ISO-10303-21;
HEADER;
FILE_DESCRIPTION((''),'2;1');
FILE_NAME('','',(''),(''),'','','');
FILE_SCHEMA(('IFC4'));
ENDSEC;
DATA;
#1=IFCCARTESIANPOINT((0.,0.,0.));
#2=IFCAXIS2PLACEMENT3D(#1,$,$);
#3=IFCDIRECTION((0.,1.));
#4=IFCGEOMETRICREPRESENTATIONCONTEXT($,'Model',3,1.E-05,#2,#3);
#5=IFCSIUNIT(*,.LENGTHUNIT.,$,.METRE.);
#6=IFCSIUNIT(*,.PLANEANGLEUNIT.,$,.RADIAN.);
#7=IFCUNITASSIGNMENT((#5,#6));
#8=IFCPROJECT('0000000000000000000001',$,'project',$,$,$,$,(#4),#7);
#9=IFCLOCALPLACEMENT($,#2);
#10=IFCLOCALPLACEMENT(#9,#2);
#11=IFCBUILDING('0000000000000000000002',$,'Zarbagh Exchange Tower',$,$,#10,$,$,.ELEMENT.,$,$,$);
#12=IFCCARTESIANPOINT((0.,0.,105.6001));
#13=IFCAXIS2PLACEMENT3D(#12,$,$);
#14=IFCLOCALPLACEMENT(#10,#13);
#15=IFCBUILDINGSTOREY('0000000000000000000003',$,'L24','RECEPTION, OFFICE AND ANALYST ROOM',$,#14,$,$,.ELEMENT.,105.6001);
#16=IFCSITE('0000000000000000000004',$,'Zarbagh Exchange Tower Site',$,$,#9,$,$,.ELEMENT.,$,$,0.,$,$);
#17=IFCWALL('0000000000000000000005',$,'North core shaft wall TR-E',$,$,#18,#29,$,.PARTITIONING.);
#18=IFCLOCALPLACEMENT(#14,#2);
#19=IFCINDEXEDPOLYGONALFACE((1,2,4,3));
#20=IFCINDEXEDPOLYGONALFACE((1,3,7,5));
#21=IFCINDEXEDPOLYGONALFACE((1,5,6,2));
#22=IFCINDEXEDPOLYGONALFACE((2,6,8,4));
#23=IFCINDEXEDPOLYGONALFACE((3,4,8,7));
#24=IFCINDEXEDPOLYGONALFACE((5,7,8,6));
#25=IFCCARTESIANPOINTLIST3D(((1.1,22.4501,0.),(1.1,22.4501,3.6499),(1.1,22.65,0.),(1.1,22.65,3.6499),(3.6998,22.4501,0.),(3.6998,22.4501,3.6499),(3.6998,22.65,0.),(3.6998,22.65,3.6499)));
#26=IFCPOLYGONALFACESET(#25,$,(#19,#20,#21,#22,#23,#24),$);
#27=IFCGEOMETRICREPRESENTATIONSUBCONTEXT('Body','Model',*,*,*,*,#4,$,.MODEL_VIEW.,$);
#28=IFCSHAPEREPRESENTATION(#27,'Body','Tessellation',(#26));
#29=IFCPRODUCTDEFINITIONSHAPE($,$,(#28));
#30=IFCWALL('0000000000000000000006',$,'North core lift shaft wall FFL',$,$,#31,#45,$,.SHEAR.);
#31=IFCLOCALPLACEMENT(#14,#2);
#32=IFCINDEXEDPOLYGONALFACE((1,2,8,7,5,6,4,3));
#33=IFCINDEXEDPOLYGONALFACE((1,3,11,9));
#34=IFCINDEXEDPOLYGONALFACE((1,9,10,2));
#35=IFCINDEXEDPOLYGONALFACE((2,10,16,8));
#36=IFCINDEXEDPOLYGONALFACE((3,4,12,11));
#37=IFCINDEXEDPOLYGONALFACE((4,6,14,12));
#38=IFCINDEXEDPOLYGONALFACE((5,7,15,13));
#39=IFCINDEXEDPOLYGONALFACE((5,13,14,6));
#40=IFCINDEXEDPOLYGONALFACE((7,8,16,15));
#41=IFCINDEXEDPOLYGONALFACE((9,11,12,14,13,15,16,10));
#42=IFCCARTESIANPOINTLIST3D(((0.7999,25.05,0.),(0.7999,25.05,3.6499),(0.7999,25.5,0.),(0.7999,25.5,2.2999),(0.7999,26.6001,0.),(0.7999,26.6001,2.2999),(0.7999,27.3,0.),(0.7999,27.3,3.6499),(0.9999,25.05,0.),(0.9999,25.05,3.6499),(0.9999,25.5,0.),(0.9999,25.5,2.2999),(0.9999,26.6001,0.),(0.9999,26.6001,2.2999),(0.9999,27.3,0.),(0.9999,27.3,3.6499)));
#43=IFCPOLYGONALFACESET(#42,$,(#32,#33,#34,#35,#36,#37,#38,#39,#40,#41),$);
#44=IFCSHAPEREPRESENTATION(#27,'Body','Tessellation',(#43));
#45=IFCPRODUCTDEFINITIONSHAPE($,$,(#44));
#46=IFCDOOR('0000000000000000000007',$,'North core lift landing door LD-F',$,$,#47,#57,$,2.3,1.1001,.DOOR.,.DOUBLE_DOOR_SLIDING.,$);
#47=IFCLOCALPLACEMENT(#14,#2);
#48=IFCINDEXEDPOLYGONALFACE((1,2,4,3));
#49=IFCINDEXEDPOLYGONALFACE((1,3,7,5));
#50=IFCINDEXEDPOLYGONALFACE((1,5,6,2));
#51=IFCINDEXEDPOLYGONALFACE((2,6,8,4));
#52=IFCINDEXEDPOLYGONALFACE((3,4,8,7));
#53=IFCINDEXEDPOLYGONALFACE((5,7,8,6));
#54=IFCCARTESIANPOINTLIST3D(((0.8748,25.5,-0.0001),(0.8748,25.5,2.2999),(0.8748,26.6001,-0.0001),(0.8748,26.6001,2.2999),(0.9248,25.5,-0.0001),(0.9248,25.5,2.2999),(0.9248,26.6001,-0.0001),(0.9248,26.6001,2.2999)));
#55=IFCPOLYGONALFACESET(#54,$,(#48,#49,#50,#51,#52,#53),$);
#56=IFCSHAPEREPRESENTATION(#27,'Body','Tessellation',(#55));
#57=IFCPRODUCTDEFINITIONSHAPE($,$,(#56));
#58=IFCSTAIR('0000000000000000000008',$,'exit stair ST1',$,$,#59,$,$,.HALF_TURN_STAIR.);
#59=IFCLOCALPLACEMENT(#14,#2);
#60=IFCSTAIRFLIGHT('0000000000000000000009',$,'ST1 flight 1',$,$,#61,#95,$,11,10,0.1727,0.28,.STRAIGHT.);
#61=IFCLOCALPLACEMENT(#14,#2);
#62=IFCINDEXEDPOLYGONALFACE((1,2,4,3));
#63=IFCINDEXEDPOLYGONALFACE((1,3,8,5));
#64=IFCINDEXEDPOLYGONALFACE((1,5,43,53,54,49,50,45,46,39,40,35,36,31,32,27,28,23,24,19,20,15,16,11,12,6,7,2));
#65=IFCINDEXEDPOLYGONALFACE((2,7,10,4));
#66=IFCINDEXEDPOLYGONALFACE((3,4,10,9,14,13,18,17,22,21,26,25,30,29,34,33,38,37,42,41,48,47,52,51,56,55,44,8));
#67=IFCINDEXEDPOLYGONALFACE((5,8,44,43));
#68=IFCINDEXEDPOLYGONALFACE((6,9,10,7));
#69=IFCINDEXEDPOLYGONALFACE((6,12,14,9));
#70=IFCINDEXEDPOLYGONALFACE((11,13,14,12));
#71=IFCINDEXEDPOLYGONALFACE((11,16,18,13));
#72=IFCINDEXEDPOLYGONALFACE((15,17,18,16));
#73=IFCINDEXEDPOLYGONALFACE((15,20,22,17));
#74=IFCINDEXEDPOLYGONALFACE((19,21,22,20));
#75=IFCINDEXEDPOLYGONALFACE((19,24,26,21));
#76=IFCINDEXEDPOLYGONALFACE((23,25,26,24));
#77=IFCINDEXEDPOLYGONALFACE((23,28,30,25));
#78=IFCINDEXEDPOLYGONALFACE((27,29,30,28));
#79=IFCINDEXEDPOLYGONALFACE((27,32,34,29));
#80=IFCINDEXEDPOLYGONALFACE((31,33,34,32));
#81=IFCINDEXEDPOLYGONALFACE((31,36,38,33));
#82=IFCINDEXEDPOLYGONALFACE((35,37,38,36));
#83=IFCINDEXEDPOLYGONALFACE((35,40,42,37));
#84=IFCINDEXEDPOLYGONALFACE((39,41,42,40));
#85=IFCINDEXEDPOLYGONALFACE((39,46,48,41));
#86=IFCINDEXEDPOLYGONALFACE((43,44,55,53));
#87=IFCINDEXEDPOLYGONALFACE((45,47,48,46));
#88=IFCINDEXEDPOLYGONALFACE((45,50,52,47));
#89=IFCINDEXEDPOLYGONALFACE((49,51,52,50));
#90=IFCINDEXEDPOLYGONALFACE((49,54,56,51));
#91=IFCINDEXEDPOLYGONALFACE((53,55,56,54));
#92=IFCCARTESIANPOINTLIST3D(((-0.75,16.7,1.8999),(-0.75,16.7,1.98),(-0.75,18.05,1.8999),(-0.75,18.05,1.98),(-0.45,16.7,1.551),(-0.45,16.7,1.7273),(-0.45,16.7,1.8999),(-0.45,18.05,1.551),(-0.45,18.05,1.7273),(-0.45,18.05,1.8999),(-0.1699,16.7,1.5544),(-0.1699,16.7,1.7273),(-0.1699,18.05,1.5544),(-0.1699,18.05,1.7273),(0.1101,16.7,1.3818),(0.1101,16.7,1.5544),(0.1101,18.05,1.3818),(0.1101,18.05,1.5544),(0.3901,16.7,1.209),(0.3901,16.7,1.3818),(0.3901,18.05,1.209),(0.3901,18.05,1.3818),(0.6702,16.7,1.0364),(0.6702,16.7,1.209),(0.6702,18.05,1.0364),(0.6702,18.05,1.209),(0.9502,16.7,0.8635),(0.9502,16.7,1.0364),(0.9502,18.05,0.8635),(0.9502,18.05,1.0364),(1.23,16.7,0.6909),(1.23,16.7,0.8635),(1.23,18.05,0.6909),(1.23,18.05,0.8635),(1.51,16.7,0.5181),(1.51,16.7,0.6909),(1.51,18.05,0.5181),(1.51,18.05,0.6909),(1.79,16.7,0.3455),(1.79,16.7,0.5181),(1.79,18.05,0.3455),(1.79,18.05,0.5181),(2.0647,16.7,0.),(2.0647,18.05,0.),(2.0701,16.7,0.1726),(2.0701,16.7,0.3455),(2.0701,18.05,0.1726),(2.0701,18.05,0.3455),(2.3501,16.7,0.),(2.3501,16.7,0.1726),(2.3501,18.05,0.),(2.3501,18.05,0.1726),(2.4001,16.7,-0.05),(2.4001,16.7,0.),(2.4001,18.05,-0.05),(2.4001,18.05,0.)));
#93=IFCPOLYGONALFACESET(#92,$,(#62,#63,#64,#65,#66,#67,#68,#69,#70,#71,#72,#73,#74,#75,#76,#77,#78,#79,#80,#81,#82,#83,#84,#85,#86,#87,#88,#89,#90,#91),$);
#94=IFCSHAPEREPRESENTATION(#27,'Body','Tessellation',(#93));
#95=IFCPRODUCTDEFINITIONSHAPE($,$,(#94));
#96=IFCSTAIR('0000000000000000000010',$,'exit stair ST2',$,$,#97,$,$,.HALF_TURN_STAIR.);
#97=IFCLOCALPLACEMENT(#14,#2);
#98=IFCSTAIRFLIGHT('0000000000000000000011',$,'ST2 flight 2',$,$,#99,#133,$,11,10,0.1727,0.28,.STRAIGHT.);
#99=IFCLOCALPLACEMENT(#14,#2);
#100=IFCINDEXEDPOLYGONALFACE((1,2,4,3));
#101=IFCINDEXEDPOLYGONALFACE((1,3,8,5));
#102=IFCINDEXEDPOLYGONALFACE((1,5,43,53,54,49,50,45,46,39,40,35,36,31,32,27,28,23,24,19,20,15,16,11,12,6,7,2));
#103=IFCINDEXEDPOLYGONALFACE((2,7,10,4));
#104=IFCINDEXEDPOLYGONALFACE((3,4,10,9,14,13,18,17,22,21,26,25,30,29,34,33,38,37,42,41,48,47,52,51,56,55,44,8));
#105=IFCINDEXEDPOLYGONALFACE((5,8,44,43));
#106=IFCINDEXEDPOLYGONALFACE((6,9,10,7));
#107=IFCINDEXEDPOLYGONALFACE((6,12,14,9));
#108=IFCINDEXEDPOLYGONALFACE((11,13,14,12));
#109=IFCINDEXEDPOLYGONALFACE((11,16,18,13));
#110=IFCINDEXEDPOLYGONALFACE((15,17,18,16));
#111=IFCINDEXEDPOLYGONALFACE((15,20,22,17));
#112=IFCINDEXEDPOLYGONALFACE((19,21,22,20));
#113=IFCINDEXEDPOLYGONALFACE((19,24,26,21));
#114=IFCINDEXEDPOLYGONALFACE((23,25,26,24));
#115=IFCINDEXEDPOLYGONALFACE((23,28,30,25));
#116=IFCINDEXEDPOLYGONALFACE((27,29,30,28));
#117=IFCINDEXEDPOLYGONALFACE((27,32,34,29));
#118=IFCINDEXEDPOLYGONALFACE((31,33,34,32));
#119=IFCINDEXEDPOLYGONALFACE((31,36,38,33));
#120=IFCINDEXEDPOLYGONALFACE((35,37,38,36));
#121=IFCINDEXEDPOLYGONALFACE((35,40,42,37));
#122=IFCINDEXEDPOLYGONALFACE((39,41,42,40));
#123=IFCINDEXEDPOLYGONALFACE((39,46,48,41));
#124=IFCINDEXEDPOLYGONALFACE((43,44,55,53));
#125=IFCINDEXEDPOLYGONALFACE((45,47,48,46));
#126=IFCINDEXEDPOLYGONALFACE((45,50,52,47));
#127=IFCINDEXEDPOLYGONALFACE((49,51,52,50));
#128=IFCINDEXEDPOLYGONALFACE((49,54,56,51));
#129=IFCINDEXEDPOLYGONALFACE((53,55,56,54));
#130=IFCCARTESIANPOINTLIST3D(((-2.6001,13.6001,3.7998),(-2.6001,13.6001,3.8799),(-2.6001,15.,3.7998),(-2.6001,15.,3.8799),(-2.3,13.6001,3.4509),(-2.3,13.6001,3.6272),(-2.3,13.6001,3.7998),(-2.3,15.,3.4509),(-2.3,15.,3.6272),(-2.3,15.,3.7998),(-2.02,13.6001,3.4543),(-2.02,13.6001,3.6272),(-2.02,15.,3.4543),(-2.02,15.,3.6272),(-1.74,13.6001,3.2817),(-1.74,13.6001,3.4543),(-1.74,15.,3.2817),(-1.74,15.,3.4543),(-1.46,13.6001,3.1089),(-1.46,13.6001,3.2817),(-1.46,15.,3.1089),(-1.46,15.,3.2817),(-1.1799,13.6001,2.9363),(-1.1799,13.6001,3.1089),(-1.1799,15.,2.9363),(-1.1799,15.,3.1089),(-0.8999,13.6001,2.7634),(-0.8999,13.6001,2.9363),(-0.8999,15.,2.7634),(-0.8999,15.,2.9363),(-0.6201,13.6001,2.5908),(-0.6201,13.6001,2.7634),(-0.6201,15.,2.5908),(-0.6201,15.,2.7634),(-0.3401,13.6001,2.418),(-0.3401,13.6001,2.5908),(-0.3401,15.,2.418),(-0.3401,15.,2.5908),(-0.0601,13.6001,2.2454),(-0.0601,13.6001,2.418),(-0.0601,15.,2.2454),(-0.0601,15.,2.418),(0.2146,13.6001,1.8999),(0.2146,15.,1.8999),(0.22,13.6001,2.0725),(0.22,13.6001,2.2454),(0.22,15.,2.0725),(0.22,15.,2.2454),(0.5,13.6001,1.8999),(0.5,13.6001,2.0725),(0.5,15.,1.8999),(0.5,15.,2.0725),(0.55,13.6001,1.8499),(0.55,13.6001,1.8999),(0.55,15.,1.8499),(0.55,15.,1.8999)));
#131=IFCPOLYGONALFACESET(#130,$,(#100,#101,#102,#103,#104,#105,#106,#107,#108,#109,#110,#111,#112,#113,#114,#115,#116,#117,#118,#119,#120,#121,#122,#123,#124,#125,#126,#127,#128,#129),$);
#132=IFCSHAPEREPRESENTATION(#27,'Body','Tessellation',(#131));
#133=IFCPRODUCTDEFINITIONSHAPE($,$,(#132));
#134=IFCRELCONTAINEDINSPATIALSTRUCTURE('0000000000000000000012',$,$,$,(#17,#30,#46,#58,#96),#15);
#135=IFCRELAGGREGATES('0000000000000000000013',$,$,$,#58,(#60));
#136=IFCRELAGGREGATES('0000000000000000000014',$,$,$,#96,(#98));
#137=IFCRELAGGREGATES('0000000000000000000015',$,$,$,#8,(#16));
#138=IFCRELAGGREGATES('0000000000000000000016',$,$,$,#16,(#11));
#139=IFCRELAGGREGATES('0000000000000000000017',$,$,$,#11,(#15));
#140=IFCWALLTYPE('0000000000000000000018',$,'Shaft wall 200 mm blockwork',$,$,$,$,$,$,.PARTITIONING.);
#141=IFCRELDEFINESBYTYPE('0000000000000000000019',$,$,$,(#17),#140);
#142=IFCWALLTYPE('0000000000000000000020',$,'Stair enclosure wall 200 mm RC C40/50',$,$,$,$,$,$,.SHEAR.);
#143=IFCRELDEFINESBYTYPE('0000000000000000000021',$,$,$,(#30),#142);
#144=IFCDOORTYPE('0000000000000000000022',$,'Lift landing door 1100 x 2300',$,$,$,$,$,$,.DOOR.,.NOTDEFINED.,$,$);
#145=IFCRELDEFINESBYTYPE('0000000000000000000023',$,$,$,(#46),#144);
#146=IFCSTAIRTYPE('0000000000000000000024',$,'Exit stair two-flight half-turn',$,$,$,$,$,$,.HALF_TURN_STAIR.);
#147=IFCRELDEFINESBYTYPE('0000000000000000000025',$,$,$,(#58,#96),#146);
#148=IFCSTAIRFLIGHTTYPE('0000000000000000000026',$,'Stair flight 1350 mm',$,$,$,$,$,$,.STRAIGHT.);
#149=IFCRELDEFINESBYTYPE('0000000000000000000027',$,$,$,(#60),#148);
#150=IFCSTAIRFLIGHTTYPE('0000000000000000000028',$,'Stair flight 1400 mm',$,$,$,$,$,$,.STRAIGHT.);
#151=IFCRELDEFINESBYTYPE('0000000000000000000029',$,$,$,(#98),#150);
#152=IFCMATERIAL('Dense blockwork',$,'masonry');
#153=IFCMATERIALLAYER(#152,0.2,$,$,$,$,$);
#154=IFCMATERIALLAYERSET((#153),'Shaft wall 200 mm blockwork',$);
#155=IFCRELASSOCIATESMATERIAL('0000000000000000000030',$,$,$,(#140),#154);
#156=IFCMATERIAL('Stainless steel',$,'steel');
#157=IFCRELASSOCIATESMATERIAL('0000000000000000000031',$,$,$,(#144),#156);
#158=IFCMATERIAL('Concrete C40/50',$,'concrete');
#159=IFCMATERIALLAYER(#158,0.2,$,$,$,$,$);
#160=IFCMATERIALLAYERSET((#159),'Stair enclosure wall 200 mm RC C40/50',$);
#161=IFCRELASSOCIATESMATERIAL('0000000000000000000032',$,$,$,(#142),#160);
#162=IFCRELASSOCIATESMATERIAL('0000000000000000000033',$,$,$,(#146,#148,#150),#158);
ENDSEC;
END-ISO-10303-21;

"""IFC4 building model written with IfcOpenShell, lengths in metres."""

from ifc_helpers import new_model, si_unit, direction, frame, frame_2d, origin, place, context, subcontext, project, spatial, polyline, rectangle, outline, extrude, material, layer, layer_set, type_object, element, fill, aggregate, save


model = new_model("IFC4")

# Units and contexts
model_context = context("Model", 3, precision=1e-05, world=origin(), true_north=direction((0.0, 1.0)))
body_context = subcontext(model_context, "Body", "Model", "MODEL_VIEW")
ifc_project = project(units=[si_unit("LENGTHUNIT", "METRE"), si_unit("PLANEANGLEUNIT", "RADIAN")], contexts=[model_context])

# Site, building, storey
site_placement = place(None, origin())
site = spatial("IfcSite", under=ifc_project, at=site_placement, Name="Zarbagh Exchange Tower Site", CompositionType="ELEMENT", RefElevation=0.0)
building_placement = place(site_placement, origin())
building = spatial("IfcBuilding", under=site, at=building_placement, Name="Zarbagh Exchange Tower", CompositionType="ELEMENT")
storey_placement = place(building_placement, frame((0.0, 0.0, 105.6001)))
storey = spatial("IfcBuildingStorey", under=building, at=storey_placement, Name="L24", Description="RECEPTION, OFFICE AND ANALYST ROOM", CompositionType="ELEMENT", Elevation=105.6001)

# Shared definitions
ifc_material_1 = material(Name="Dense blockwork", Category="masonry")

# Shared definitions
ifc_layer_1 = layer(ifc_material_1, 0.2)
ifc_layer_set_1 = layer_set([ifc_layer_1], Name="Shaft wall 200 mm blockwork")
wall_type_1 = type_object("IfcWallType", Name="Shaft wall 200 mm blockwork", PredefinedType="PARTITIONING", material=ifc_layer_set_1)

# Shared definitions
ifc_material_2 = material(Name="Stainless steel", Category="steel")
door_type_1 = type_object("IfcDoorType", Name="Lift landing door 1100 x 2300", OperationType="NOTDEFINED", PredefinedType="DOOR", material=ifc_material_2)

# Wall
wall_1_placement = place(storey_placement, frame((1.1001, 22.55, 0.0), z_axis=(0.0, 0.0, 1.0), x_axis=(1.0, 0.0, 0.0)))
element("IfcWall", 1, at=wall_1_placement, inside=storey, type_object=wall_type_1, Name="North core shaft wall TR-E", PredefinedType="PARTITIONING", context=body_context, shape_type="SweptSolid", body=[
    extrude(rectangle(XDim=2.5999, YDim=0.2, at=frame_2d((1.2998, 0.0))), origin(), (0.0, 0.0, 1.0), 3.6499),
])

# Wall, opening, door
ifc_material_3 = material(Name="Concrete C40/50", Category="concrete")
ifc_layer_2 = layer(ifc_material_3, 0.2)
ifc_layer_set_2 = layer_set([ifc_layer_2], Name="Stair enclosure wall 200 mm RC C40/50")
wall_type_2 = type_object("IfcWallType", Name="Stair enclosure wall 200 mm RC C40/50", PredefinedType="SHEAR", material=ifc_layer_set_2)
wall_2_placement = place(storey_placement, frame((0.8999, 27.3, 0.0), z_axis=(0.0, 0.0, 1.0), x_axis=(0.0, -1.0, 0.0)))
wall_2 = element("IfcWall", 2, at=wall_2_placement, inside=storey, type_object=wall_type_2, Name="North core lift shaft wall FFL", PredefinedType="SHEAR", context=body_context, shape_type="SweptSolid", body=[
    extrude(rectangle(XDim=2.25, YDim=0.2, at=frame_2d((1.125, 0.0))), origin(), (0.0, 0.0, 1.0), 3.6499),
])
opening_1_placement = place(wall_2_placement, frame((0.7, 0.0, 0.0)))
opening_1 = element("IfcOpeningElement", 3, at=opening_1_placement, cuts=wall_2, PredefinedType="OPENING", context=body_context, shape_type="SweptSolid", body=[
    extrude(rectangle(XDim=1.1001, YDim=2.3, at=frame_2d((0.55, 1.1499))), frame((0.0, 0.1099, 0.0), z_axis=(0.0, -1.0, 0.0), x_axis=(1.0, 0.0, 0.0)), (0.0, 0.0, 1.0), 0.22),
])
door_1_placement = place(opening_1_placement, origin())
door_1 = element("IfcDoor", 4, at=door_1_placement, inside=storey, type_object=door_type_1, Name="North core lift landing door LD-F", OperationType="DOUBLE_DOOR_SLIDING", OverallHeight=2.3, OverallWidth=1.1001, PredefinedType="DOOR", context=body_context, shape_type="SweptSolid", body=[
    extrude(rectangle(XDim=1.1001, YDim=2.3, at=frame_2d((0.55, 1.1499))), frame((0.0, 0.0249, 0.0), z_axis=(0.0, -1.0, 0.0), x_axis=(1.0, 0.0, 0.0)), (0.0, 0.0, 1.0), 0.05),
])
fill(opening_1, door_1)

# Stairs, stair flights
stair_type = type_object("IfcStairType", Name="Exit stair two-flight half-turn", PredefinedType="HALF_TURN_STAIR", material=ifc_material_3)
stair_1_placement = place(storey_placement, origin())
stair_1 = element("IfcStair", 5, at=stair_1_placement, inside=storey, type_object=stair_type, Name="exit stair ST1", PredefinedType="HALF_TURN_STAIR")
stair_flight_type_1 = type_object("IfcStairFlightType", Name="Stair flight 1350 mm", PredefinedType="STRAIGHT", material=ifc_material_3)
stair_flight_1_placement = place(storey_placement, frame((2.3501, 17.375, 0.0), z_axis=(0.0, 0.0, 1.0), x_axis=(-1.0, 0.0, 0.0)))
stair_flight_1 = element("IfcStairFlight", 6, at=stair_flight_1_placement, type_object=stair_flight_type_1, Name="ST1 flight 1", NumberOfRisers=11, NumberOfTreads=10, PredefinedType="STRAIGHT", RiserHeight=0.1727, TreadLength=0.28, context=body_context, shape_type="SweptSolid", body=[
    extrude(outline(polyline([(-0.05, -0.05), (-0.05, 0.0), (0.0, 0.0), (0.0, 0.1726), (0.28, 0.1726), (0.28, 0.3455), (0.5601, 0.3455), (0.5601, 0.5181), (0.8401, 0.5181), (0.8401, 0.6909), (1.1201, 0.6909), (1.1201, 0.8635), (1.3999, 0.8635), (1.3999, 1.0364), (1.6799, 1.0364), (1.6799, 1.209), (1.96, 1.209), (1.96, 1.3818), (2.24, 1.3818), (2.24, 1.5544), (2.52, 1.5544), (2.52, 1.7273), (2.8, 1.7273), (2.8, 1.8999), (3.1001, 1.98), (3.1001, 1.8999), (2.8, 1.551), (0.2854, 0.0), (-0.05, -0.05)])), frame((0.0, 0.675, 0.0), z_axis=(0.0, -1.0, 0.0), x_axis=(1.0, 0.0, 0.0)), (0.0, 0.0, 1.0), 1.3501),
])
aggregate(stair_1, [stair_flight_1])
stair_2_placement = place(storey_placement, origin())
stair_2 = element("IfcStair", 7, at=stair_2_placement, inside=storey, type_object=stair_type, Name="exit stair ST2", PredefinedType="HALF_TURN_STAIR")
stair_flight_type_2 = type_object("IfcStairFlightType", Name="Stair flight 1400 mm", PredefinedType="STRAIGHT", material=ifc_material_3)
stair_flight_2_placement = place(storey_placement, frame((0.5, 14.3, 1.8999), z_axis=(0.0, 0.0, 1.0), x_axis=(-1.0, 0.0, 0.0)))
stair_flight_2 = element("IfcStairFlight", 8, at=stair_flight_2_placement, type_object=stair_flight_type_2, Name="ST2 flight 2", NumberOfRisers=11, NumberOfTreads=10, PredefinedType="STRAIGHT", RiserHeight=0.1727, TreadLength=0.28, context=body_context, shape_type="SweptSolid", body=[
    extrude(outline(polyline([(-0.05, -0.05), (-0.05, 0.0), (0.0, 0.0), (0.0, 0.1726), (0.28, 0.1726), (0.28, 0.3455), (0.5601, 0.3455), (0.5601, 0.5181), (0.8401, 0.5181), (0.8401, 0.6909), (1.1201, 0.6909), (1.1201, 0.8635), (1.3999, 0.8635), (1.3999, 1.0364), (1.6799, 1.0364), (1.6799, 1.209), (1.96, 1.209), (1.96, 1.3818), (2.24, 1.3818), (2.24, 1.5544), (2.52, 1.5544), (2.52, 1.7273), (2.8, 1.7273), (2.8, 1.8999), (3.1001, 1.98), (3.1001, 1.8999), (2.8, 1.551), (0.2854, 0.0), (-0.05, -0.05)])), frame((0.0, 0.7, 0.0), z_axis=(0.0, -1.0, 0.0), x_axis=(1.0, 0.0, 0.0)), (0.0, 0.0, 1.0), 1.3999),
])
aggregate(stair_2, [stair_flight_2])

save(model, "model.ifc")
